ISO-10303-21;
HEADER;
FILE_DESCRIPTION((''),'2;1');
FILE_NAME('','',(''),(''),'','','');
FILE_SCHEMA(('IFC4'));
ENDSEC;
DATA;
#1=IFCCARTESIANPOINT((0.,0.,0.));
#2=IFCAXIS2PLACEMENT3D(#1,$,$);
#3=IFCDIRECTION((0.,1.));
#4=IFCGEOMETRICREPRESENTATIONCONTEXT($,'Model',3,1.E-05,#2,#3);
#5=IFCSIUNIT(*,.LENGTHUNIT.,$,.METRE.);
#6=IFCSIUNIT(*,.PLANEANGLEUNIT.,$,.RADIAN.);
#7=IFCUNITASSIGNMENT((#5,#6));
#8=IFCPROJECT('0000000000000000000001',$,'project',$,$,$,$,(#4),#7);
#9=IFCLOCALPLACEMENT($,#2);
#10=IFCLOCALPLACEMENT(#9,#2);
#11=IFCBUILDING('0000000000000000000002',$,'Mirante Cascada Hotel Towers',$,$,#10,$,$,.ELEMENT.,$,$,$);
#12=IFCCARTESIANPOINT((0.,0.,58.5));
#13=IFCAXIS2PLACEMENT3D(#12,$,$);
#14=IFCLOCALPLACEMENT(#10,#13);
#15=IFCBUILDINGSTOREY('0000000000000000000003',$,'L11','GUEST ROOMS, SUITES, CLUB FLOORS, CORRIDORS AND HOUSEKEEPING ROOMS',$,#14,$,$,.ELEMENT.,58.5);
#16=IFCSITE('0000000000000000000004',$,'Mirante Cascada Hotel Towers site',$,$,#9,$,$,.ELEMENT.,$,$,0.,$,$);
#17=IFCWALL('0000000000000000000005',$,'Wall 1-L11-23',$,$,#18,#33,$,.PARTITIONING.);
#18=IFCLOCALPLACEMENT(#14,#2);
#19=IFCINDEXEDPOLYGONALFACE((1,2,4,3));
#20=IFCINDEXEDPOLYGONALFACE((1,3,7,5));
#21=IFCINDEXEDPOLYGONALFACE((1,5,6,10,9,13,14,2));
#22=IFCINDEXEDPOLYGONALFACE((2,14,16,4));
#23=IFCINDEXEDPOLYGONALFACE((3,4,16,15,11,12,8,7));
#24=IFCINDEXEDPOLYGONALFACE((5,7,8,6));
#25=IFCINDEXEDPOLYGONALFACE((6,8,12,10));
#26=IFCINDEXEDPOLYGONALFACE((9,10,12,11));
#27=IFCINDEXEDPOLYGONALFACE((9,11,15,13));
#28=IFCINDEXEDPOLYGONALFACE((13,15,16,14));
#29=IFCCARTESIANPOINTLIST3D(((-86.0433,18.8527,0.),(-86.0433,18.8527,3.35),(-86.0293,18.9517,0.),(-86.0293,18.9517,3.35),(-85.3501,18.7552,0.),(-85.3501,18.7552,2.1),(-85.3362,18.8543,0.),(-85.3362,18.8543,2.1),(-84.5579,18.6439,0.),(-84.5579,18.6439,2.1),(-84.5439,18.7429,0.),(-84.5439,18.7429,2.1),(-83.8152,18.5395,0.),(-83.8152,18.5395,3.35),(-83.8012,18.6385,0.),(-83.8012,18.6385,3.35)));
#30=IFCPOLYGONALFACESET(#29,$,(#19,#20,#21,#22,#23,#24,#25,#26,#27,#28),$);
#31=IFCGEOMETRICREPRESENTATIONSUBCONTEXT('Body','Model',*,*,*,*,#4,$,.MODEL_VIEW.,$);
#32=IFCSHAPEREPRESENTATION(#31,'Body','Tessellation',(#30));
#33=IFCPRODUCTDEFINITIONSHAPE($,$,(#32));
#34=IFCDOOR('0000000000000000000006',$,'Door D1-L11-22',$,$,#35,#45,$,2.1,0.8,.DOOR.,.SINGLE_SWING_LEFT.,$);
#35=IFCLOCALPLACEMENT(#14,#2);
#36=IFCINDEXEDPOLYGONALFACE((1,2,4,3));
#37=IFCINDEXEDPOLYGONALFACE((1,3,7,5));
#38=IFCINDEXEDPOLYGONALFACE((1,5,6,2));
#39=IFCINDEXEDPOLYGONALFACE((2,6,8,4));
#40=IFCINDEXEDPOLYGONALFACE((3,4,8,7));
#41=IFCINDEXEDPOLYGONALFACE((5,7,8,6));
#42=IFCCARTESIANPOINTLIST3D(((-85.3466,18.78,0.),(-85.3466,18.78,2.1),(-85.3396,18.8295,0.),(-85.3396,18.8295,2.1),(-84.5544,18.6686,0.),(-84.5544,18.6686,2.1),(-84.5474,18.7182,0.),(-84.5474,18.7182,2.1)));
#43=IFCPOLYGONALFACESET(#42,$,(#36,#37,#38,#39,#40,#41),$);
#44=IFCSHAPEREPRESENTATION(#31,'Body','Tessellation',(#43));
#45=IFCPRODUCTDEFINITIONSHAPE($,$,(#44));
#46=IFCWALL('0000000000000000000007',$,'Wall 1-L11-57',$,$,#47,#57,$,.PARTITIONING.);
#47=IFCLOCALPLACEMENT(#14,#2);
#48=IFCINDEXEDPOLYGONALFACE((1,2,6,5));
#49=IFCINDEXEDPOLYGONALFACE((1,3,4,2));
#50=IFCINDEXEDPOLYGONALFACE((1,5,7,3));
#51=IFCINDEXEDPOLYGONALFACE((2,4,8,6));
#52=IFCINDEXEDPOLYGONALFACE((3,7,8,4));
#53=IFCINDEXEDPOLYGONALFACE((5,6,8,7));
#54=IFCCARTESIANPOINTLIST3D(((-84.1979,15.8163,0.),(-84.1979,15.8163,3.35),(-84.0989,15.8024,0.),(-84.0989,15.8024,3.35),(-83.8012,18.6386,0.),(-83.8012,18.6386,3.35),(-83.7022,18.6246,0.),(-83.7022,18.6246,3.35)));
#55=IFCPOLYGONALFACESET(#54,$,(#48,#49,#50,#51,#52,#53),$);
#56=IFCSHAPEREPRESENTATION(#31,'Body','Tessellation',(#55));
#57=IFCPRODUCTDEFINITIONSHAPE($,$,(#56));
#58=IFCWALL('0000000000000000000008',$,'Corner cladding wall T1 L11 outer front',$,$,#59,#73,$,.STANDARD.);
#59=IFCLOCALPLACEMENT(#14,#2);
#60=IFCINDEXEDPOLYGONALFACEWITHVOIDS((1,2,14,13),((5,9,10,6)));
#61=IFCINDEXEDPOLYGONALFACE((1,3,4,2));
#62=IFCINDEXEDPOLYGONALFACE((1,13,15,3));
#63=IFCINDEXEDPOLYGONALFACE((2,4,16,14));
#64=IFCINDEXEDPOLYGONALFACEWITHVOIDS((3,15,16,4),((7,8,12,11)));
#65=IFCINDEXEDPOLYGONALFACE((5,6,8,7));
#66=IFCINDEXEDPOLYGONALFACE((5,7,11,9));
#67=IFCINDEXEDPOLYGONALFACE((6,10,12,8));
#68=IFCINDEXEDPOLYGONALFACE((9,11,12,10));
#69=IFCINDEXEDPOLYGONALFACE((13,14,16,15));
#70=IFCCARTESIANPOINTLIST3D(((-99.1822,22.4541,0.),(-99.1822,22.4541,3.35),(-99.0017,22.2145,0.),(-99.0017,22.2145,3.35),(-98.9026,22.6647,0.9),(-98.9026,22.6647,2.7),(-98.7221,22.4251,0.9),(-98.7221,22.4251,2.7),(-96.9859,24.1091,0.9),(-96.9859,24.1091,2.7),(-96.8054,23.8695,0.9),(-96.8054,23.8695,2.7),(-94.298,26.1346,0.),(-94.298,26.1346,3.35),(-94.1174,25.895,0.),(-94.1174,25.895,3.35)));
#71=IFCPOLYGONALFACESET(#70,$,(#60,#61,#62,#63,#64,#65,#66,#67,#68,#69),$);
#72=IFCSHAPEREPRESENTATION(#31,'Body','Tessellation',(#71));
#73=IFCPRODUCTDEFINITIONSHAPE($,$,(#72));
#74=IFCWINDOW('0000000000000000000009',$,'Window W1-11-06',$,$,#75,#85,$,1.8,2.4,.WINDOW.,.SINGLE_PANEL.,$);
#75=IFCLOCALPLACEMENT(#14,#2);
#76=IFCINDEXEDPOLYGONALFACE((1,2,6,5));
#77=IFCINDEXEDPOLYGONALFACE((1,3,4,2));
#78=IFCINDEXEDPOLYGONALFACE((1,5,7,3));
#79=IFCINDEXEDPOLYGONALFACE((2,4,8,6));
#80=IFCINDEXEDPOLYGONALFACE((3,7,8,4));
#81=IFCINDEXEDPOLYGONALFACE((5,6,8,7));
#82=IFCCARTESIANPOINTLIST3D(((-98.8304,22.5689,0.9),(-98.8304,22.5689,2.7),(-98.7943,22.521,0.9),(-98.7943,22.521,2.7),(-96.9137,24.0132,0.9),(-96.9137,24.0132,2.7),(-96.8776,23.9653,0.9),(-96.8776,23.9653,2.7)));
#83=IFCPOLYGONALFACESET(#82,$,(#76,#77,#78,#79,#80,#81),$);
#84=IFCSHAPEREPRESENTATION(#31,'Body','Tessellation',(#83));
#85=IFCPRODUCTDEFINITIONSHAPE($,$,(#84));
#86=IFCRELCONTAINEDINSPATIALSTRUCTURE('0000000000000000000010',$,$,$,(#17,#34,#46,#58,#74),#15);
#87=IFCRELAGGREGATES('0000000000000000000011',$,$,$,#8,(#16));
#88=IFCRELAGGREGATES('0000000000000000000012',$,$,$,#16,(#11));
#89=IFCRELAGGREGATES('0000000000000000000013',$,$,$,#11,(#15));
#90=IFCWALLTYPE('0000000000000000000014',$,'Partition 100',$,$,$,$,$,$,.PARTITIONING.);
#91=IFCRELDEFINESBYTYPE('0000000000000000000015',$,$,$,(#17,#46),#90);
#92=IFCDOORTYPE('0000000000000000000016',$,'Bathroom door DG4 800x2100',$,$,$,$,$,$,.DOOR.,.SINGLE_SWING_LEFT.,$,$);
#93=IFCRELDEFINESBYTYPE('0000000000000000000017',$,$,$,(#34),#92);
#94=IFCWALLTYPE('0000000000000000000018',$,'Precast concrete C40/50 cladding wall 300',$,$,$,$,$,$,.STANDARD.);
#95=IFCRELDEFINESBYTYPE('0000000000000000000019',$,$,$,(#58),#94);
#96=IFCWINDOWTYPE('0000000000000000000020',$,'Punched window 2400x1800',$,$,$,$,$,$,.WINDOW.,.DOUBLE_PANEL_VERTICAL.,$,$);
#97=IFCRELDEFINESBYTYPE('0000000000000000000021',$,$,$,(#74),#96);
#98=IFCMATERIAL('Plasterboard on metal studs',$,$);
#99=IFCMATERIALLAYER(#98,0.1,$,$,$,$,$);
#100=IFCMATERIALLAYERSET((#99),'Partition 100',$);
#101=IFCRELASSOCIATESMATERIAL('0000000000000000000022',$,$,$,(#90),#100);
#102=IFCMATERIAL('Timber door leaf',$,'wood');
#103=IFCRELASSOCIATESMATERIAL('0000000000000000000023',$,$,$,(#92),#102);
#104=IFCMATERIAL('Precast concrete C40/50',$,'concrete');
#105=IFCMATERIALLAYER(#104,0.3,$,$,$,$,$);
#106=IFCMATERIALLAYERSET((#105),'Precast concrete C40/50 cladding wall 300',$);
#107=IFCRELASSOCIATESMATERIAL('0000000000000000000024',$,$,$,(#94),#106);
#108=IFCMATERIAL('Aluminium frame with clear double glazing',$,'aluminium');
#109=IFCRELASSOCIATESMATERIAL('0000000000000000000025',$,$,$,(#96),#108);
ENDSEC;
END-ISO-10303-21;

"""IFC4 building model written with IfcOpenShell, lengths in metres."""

from ifc_helpers import new_model, si_unit, direction, frame, frame_2d, origin, place, context, subcontext, project, spatial, rectangle, extrude, material, layer, layer_set, type_object, element, fill, save


model = new_model("IFC4")

# Units and contexts
model_context = context("Model", 3, precision=1e-05, world=origin(), true_north=direction((0.0, 1.0)))
body_context = subcontext(model_context, "Body", "Model", "MODEL_VIEW")
ifc_project = project(units=[si_unit("LENGTHUNIT", "METRE"), si_unit("PLANEANGLEUNIT", "RADIAN")], contexts=[model_context])

# Site, building, storey
site_placement = place(None, origin())
site = spatial("IfcSite", under=ifc_project, at=site_placement, Name="Mirante Cascada Hotel Towers site", CompositionType="ELEMENT", RefElevation=0.0)
building_placement = place(site_placement, origin())
building = spatial("IfcBuilding", under=site, at=building_placement, Name="Mirante Cascada Hotel Towers", CompositionType="ELEMENT")
storey_placement = place(building_placement, frame((0.0, 0.0, 58.5)))
storey = spatial("IfcBuildingStorey", under=building, at=storey_placement, Name="L11", Description="GUEST ROOMS, SUITES, CLUB FLOORS, CORRIDORS AND HOUSEKEEPING ROOMS", CompositionType="ELEMENT", Elevation=58.5)

# Wall, opening, door
ifc_material_1 = material(Name="Plasterboard on metal studs")
ifc_layer_1 = layer(ifc_material_1, 0.1)
ifc_layer_set_1 = layer_set([ifc_layer_1], Name="Partition 100")
wall_type_1 = type_object("IfcWallType", Name="Partition 100", PredefinedType="PARTITIONING", material=ifc_layer_set_1)
wall_1_placement = place(storey_placement, frame((-86.0363, 18.9022, 0.0), z_axis=(0.0, 0.0, 1.0), x_axis=(0.990264, -0.1392, 0.0)))
wall_1 = element("IfcWall", 1, at=wall_1_placement, inside=storey, type_object=wall_type_1, Name="Wall 1-L11-23", PredefinedType="PARTITIONING", context=body_context, shape_type="SweptSolid", body=[
    extrude(rectangle(XDim=2.25, YDim=0.1, at=frame_2d((1.125, 0.0))), origin(), (0.0, 0.0, 1.0), 3.35),
])
opening_1_placement = place(wall_1_placement, frame((0.7, 0.0, 0.0)))
opening_1 = element("IfcOpeningElement", 2, at=opening_1_placement, cuts=wall_1, PredefinedType="OPENING", context=body_context, shape_type="SweptSolid", body=[
    extrude(rectangle(XDim=0.8, YDim=2.1, at=frame_2d((0.4, 1.05))), frame((0.0, 0.05, 0.0), z_axis=(0.0, -1.0, 0.0), x_axis=(1.0, 0.0, 0.0)), (0.0, 0.0, 1.0), 0.1),
])
ifc_material_2 = material(Name="Timber door leaf", Category="wood")
door_type = type_object("IfcDoorType", Name="Bathroom door DG4 800x2100", OperationType="SINGLE_SWING_LEFT", PredefinedType="DOOR", material=ifc_material_2)
door_placement = place(opening_1_placement, origin())
door = element("IfcDoor", 3, at=door_placement, inside=storey, type_object=door_type, Name="Door D1-L11-22", OperationType="SINGLE_SWING_LEFT", OverallHeight=2.1, OverallWidth=0.8, PredefinedType="DOOR", context=body_context, shape_type="SweptSolid", body=[
    extrude(rectangle(XDim=0.8, YDim=2.1, at=frame_2d((0.4, 1.05))), frame((0.0, 0.025, 0.0), z_axis=(0.0, -1.0, 0.0), x_axis=(1.0, 0.0, 0.0)), (0.0, 0.0, 1.0), 0.05),
])
fill(opening_1, door)

# Wall
wall_2_placement = place(storey_placement, frame((-83.7517, 18.6316, 0.0), z_axis=(0.0, 0.0, 1.0), x_axis=(-0.139191, -0.990266, 0.0)))
element("IfcWall", 4, at=wall_2_placement, inside=storey, type_object=wall_type_1, Name="Wall 1-L11-57", PredefinedType="PARTITIONING", context=body_context, shape_type="SweptSolid", body=[
    extrude(rectangle(XDim=2.85, YDim=0.1, at=frame_2d((1.425, 0.0))), origin(), (0.0, 0.0, 1.0), 3.35),
])

# Wall, opening, window
ifc_material_3 = material(Name="Precast concrete C40/50", Category="concrete")
ifc_layer_2 = layer(ifc_material_3, 0.3)
ifc_layer_set_2 = layer_set([ifc_layer_2], Name="Precast concrete C40/50 cladding wall 300")
wall_type_2 = type_object("IfcWallType", Name="Precast concrete C40/50 cladding wall 300", PredefinedType="STANDARD", material=ifc_layer_set_2)
wall_3_placement = place(storey_placement, frame((-99.0919, 22.3343, 0.0), z_axis=(0.0, 0.0, 1.0), x_axis=(0.798636, 0.601814, 0.0)))
wall_3 = element("IfcWall", 5, at=wall_3_placement, inside=storey, type_object=wall_type_2, Name="Corner cladding wall T1 L11 outer front", PredefinedType="STANDARD", context=body_context, shape_type="SweptSolid", body=[
    extrude(rectangle(XDim=6.1157, YDim=0.3, at=frame_2d((3.0578, 0.0))), origin(), (0.0, 0.0, 1.0), 3.35),
])
opening_2_placement = place(wall_3_placement, frame((0.35, 0.0, 0.9)))
opening_2 = element("IfcOpeningElement", 6, at=opening_2_placement, cuts=wall_3, PredefinedType="OPENING", context=body_context, shape_type="SweptSolid", body=[
    extrude(rectangle(XDim=2.4, YDim=1.8, at=frame_2d((1.2, 0.9))), frame((0.0, 0.15, 0.0), z_axis=(0.0, -1.0, 0.0), x_axis=(1.0, 0.0, 0.0)), (0.0, 0.0, 1.0), 0.3),
])
ifc_material_4 = material(Name="Aluminium frame with clear double glazing", Category="aluminium")
window_type = type_object("IfcWindowType", Name="Punched window 2400x1800", PartitioningType="DOUBLE_PANEL_VERTICAL", PredefinedType="WINDOW", material=ifc_material_4)
window_placement = place(opening_2_placement, origin())
window = element("IfcWindow", 7, at=window_placement, inside=storey, type_object=window_type, Name="Window W1-11-06", OverallHeight=1.8, OverallWidth=2.4, PartitioningType="SINGLE_PANEL", PredefinedType="WINDOW", context=body_context, shape_type="SweptSolid", body=[
    extrude(rectangle(XDim=2.4, YDim=1.8, at=frame_2d((1.2, 0.9))), frame((0.0, 0.03, 0.0), z_axis=(0.0, -1.0, 0.0), x_axis=(1.0, 0.0, 0.0)), (0.0, 0.0, 1.0), 0.06),
])
fill(opening_2, window)

save(model, "model.ifc")
